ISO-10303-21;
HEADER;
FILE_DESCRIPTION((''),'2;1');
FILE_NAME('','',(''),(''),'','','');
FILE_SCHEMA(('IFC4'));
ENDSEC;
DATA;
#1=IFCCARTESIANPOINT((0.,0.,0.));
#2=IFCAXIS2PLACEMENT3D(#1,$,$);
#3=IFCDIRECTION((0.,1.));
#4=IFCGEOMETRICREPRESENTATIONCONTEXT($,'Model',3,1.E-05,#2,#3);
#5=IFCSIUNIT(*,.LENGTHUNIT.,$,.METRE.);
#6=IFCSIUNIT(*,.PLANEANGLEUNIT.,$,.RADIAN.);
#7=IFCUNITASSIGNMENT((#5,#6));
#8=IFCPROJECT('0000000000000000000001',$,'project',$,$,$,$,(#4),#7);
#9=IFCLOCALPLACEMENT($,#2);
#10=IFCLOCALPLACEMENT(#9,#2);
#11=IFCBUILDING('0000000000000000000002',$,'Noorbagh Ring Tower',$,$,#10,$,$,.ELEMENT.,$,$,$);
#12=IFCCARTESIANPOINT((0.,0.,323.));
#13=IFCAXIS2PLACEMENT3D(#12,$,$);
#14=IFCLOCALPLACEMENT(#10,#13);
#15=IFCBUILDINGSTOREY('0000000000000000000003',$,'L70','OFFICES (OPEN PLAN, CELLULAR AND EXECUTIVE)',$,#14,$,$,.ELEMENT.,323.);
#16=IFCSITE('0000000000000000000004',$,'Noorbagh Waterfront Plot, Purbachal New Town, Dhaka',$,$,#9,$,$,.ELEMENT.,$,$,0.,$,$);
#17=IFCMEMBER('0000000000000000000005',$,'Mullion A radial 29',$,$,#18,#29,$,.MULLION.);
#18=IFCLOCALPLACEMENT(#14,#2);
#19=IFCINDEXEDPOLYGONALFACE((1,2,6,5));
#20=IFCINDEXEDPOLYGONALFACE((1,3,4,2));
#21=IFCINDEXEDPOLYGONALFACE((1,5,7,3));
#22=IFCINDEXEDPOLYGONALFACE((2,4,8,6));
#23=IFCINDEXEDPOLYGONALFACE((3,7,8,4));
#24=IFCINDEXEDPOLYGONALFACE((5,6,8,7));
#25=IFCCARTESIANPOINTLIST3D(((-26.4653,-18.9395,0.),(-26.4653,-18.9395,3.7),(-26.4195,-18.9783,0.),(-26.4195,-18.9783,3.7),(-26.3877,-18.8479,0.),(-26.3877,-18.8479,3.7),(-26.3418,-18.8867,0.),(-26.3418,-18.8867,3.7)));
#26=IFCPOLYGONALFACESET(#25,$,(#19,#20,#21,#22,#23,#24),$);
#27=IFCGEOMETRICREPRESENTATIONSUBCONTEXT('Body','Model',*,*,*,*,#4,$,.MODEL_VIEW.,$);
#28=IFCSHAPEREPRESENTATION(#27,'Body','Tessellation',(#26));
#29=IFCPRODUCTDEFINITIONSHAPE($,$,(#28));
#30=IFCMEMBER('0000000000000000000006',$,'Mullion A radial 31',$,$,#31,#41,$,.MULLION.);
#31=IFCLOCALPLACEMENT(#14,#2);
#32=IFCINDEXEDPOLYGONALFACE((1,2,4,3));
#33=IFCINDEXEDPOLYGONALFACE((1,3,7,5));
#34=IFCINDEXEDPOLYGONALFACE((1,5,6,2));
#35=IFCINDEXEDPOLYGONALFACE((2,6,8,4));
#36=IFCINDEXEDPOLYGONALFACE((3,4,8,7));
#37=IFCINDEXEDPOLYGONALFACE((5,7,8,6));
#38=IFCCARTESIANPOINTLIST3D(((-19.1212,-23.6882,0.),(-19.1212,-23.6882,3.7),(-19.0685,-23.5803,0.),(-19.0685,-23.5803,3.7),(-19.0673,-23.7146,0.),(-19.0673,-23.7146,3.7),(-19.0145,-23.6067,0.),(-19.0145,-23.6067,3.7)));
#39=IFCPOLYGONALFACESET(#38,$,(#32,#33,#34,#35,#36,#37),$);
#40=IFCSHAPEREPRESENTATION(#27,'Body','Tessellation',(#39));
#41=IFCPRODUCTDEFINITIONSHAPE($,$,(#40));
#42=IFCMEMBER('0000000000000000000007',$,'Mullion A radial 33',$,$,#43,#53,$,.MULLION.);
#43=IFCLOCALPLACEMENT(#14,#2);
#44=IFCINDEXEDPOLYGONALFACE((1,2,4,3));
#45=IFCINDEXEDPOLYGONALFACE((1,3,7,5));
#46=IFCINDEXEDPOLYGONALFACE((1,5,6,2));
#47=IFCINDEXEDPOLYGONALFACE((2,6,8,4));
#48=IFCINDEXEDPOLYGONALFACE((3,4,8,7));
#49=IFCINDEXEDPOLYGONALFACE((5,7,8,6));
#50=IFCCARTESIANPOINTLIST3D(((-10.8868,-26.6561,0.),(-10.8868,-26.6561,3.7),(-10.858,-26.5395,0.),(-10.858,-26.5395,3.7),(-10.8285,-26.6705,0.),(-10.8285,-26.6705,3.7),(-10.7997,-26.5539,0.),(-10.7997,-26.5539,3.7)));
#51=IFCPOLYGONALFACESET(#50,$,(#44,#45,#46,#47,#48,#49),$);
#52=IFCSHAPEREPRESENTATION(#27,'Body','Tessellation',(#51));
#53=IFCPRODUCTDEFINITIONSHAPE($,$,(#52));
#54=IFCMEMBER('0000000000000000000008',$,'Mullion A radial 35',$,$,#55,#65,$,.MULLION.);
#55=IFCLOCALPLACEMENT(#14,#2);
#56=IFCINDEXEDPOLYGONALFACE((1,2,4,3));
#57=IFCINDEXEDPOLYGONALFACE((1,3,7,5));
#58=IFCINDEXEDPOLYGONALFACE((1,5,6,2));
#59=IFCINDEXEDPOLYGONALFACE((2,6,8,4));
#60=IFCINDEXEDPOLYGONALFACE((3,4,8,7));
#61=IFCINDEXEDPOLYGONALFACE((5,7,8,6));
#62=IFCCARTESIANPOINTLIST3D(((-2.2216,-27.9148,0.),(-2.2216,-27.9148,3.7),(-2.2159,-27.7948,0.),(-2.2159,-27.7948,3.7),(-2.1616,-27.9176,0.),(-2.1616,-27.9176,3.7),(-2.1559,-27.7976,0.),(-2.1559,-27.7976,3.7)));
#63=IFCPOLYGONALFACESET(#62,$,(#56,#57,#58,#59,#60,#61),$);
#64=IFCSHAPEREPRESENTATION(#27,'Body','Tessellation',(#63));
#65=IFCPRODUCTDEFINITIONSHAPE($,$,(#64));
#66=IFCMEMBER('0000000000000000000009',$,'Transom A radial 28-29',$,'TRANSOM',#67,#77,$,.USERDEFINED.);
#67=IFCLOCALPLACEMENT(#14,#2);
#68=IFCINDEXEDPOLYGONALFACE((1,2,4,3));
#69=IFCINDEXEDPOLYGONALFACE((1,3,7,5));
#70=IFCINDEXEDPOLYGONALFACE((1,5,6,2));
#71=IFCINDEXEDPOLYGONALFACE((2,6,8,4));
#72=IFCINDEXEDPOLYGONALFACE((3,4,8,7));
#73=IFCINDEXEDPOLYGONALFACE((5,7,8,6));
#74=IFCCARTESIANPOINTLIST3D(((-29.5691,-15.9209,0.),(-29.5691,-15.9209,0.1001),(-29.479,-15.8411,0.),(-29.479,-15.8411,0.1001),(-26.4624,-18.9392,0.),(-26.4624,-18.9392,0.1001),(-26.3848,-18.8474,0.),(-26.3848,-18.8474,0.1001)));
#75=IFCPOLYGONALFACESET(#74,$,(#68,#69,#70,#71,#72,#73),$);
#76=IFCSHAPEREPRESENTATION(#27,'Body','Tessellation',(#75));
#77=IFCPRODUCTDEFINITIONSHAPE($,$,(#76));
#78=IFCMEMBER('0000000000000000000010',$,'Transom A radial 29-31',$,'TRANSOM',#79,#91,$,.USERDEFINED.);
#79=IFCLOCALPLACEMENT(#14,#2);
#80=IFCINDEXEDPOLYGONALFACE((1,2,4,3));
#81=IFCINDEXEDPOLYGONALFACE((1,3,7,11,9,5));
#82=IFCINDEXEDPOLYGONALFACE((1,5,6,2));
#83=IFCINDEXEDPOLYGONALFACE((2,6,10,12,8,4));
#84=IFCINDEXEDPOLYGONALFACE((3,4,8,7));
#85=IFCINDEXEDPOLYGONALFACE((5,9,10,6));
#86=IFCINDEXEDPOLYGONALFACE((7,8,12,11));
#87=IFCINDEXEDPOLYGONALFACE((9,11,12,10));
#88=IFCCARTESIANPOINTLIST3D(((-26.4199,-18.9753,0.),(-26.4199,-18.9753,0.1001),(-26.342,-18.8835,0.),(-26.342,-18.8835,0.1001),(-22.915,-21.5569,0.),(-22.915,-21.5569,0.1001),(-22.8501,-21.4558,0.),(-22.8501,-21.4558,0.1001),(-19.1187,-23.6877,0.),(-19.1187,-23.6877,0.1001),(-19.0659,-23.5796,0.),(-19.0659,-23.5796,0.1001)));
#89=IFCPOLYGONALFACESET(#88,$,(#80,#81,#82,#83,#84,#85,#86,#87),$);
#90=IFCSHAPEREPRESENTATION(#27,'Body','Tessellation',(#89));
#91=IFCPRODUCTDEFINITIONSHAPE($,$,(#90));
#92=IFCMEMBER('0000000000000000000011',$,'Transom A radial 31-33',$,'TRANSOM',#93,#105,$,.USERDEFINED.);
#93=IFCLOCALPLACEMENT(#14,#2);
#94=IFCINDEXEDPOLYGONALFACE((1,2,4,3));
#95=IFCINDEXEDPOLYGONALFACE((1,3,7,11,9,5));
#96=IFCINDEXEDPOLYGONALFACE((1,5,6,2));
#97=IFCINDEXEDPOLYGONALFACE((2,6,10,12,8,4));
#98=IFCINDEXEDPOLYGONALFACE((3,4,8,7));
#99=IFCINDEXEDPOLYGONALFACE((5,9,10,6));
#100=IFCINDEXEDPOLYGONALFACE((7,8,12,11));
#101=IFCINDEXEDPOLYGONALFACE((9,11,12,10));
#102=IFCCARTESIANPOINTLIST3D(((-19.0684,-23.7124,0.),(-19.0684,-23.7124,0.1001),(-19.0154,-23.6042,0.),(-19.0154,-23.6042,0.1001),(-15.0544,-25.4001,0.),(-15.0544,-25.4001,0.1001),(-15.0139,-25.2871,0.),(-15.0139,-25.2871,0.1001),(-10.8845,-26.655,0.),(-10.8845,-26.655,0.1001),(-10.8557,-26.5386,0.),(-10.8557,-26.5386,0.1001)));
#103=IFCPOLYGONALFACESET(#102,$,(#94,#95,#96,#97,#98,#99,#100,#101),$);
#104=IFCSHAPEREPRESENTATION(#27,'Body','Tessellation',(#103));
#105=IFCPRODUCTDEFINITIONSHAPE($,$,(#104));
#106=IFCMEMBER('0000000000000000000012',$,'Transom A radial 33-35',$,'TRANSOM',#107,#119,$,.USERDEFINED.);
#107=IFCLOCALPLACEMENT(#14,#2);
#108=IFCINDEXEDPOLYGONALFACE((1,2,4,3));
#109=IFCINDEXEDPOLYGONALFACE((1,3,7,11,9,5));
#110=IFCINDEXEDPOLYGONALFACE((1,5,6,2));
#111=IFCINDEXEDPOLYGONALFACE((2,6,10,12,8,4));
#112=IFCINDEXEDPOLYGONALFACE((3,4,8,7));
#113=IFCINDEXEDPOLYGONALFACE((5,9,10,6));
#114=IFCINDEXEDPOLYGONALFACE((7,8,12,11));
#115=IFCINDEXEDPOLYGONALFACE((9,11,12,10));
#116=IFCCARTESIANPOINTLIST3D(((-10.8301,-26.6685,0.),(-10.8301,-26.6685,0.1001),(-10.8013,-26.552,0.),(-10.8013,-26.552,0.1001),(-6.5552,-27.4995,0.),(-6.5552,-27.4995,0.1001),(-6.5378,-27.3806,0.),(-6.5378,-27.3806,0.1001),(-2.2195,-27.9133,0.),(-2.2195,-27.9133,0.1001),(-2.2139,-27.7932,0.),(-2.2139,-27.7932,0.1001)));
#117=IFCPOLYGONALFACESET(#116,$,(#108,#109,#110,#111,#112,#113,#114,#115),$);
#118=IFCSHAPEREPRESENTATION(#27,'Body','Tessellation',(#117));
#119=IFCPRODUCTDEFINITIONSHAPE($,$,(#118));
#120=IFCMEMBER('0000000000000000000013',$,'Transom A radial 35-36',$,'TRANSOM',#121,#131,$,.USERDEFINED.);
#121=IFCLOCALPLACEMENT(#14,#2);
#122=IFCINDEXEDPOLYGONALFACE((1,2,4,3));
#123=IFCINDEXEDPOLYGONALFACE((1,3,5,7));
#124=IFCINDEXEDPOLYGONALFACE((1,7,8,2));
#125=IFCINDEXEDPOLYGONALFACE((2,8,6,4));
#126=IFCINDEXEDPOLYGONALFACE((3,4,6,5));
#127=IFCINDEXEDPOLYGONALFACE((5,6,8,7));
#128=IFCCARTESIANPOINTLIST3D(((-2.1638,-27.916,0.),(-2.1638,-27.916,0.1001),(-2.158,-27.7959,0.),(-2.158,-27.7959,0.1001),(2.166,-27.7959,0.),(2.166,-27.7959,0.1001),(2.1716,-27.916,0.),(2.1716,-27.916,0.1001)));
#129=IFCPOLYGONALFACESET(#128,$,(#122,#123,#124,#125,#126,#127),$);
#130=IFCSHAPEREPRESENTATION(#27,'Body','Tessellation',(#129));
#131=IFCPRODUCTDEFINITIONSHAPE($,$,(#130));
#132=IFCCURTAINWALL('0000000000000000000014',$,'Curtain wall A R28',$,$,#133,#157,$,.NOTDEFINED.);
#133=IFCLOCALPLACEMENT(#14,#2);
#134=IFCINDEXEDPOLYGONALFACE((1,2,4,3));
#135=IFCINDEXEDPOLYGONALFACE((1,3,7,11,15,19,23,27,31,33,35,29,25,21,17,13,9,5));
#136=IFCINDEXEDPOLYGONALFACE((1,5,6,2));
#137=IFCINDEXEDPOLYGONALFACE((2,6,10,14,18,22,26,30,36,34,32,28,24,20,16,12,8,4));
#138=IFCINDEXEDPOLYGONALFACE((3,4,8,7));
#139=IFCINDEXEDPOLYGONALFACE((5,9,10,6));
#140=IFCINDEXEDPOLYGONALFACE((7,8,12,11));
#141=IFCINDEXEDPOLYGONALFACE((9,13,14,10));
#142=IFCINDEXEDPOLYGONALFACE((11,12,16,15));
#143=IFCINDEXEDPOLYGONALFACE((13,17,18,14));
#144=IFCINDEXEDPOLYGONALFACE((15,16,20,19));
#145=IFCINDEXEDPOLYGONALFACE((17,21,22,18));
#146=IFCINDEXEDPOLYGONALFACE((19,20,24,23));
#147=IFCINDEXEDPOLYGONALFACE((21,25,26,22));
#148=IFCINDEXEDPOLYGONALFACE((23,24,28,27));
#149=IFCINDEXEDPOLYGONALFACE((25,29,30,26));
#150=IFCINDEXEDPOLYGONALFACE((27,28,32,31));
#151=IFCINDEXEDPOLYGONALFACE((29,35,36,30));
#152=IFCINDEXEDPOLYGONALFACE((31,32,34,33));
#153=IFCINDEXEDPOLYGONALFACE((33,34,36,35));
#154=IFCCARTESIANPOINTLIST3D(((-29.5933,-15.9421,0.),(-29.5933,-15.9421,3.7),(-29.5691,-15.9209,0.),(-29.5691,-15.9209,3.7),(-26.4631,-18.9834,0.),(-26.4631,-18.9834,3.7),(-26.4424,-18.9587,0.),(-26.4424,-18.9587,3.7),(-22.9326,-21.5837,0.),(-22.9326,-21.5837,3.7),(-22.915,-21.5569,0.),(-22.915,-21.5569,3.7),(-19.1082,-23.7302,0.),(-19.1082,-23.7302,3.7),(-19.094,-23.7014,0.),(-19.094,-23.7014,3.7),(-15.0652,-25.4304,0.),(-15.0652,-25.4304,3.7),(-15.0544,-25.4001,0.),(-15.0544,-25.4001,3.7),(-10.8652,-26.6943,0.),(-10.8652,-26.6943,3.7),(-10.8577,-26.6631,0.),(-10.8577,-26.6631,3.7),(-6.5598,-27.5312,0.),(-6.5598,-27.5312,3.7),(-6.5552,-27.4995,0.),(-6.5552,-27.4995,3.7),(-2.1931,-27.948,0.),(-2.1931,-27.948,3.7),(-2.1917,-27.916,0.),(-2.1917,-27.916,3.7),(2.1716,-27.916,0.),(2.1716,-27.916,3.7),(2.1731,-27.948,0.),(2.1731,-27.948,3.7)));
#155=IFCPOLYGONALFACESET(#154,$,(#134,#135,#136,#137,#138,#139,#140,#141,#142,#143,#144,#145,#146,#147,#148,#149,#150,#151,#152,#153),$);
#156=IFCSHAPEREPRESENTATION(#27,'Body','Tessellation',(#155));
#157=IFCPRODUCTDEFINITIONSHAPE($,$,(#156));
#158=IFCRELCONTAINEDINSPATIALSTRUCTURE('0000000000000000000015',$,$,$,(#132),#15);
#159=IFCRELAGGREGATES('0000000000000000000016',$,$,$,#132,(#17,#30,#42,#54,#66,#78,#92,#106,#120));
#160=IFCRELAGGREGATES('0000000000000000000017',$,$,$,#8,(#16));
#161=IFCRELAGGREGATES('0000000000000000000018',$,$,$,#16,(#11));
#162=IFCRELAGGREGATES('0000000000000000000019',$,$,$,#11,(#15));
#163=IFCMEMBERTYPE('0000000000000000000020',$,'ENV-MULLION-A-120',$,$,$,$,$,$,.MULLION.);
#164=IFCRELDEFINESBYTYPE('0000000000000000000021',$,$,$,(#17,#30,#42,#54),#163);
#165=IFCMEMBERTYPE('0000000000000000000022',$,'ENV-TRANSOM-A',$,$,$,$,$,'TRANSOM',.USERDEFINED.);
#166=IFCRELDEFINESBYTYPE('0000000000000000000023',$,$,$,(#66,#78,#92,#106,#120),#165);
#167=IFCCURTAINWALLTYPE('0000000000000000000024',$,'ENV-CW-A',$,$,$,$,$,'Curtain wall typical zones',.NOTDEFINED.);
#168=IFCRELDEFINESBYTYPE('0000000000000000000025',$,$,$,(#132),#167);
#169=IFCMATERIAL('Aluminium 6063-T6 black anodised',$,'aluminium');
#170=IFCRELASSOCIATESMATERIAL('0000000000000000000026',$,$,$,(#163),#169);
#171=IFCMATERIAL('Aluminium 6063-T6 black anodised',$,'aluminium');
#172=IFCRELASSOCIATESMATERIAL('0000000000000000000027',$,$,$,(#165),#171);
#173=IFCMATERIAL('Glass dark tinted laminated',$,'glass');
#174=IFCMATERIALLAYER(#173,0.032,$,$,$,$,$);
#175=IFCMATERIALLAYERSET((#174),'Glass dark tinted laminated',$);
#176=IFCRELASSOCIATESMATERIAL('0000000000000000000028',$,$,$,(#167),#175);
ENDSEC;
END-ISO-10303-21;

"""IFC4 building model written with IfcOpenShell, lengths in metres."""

from ifc_helpers import new_model, si_unit, direction, frame, origin, origin_2d, place, context, subcontext, project, spatial, polyline, rectangle, outline, extrude, material, layer, layer_set, material_profile, profile_set, type_object, element, aggregate, save


model = new_model("IFC4")

# Units and contexts
model_context = context("Model", 3, precision=1e-05, world=origin(), true_north=direction((0.0, 1.0)))
body_context = subcontext(model_context, "Body", "Model", "MODEL_VIEW")
ifc_project = project(units=[si_unit("LENGTHUNIT", "METRE"), si_unit("PLANEANGLEUNIT", "RADIAN")], contexts=[model_context])

# Members
ifc_material_1 = material(Name="Aluminium 6063-T6 black anodised", Category="aluminium")
ifc_material_profile = material_profile(ifc_material_1, rectangle(XDim=0.1201, YDim=0.0601, at=origin_2d()), Name="120x60")
ifc_profile_set = profile_set([ifc_material_profile], Name="Aluminium 6063-T6 black anodised")
member_type_1 = type_object("IfcMemberType", Name="ENV-MULLION-A-120", PredefinedType="MULLION", material=ifc_profile_set)
site_placement = place(None, origin())
building_placement = place(site_placement, origin())
storey_placement = place(building_placement, frame((0.0, 0.0, 323.0)))
member_1_placement = place(storey_placement, frame((-26.4036, -18.9131, 0.0), z_axis=(0.0, 0.0, 1.0), x_axis=(0.646451, 0.762955, 0.0)))
member_1 = element("IfcMember", 1, at=member_1_placement, type_object=member_type_1, Name="Mullion A radial 29", PredefinedType="MULLION", context=body_context, shape_type="SweptSolid", body=[
    extrude(rectangle(XDim=0.1201, YDim=0.0601, at=origin_2d()), origin(), (0.0, 0.0, 1.0), 3.7),
])
member_2_placement = place(storey_placement, frame((-19.0679, -23.6475, 0.0), z_axis=(0.0, 0.0, 1.0), x_axis=(0.439238, 0.898371, 0.0)))
member_2 = element("IfcMember", 2, at=member_2_placement, type_object=member_type_1, Name="Mullion A radial 31", PredefinedType="MULLION", context=body_context, shape_type="SweptSolid", body=[
    extrude(rectangle(XDim=0.1201, YDim=0.0601, at=origin_2d()), origin(), (0.0, 0.0, 1.0), 3.7),
])
member_3_placement = place(storey_placement, frame((-10.8433, -26.605, 0.0), z_axis=(0.0, 0.0, 1.0), x_axis=(0.239799, 0.970823, 0.0)))
member_3 = element("IfcMember", 3, at=member_3_placement, type_object=member_type_1, Name="Mullion A radial 33", PredefinedType="MULLION", context=body_context, shape_type="SweptSolid", body=[
    extrude(rectangle(XDim=0.1201, YDim=0.0601, at=origin_2d()), origin(), (0.0, 0.0, 1.0), 3.7),
])
member_4_placement = place(storey_placement, frame((-2.1887, -27.8562, 0.0), z_axis=(0.0, 0.0, 1.0), x_axis=(0.047558, 0.998868, 0.0)))
member_4 = element("IfcMember", 4, at=member_4_placement, type_object=member_type_1, Name="Mullion A radial 35", PredefinedType="MULLION", context=body_context, shape_type="SweptSolid", body=[
    extrude(rectangle(XDim=0.1201, YDim=0.0601, at=origin_2d()), origin(), (0.0, 0.0, 1.0), 3.7),
])
ifc_material_2 = material(Name="Aluminium 6063-T6 black anodised", Category="aluminium")
member_type_2 = type_object("IfcMemberType", Name="ENV-TRANSOM-A", ElementType="TRANSOM", PredefinedType="USERDEFINED", material=ifc_material_2)
member_5_placement = place(storey_placement, origin())
member_5 = element("IfcMember", 5, at=member_5_placement, type_object=member_type_2, Name="Transom A radial 28-29", ObjectType="TRANSOM", PredefinedType="USERDEFINED", context=body_context, shape_type="SweptSolid", body=[
    extrude(outline(polyline([(-29.5691, -15.9209), (-26.4624, -18.9392), (-26.3848, -18.8474), (-29.479, -15.8411), (-29.5691, -15.9209)])), origin(), (0.0, 0.0, 1.0), 0.1001),
])
member_6_placement = place(storey_placement, origin())
member_6 = element("IfcMember", 6, at=member_6_placement, type_object=member_type_2, Name="Transom A radial 29-31", ObjectType="TRANSOM", PredefinedType="USERDEFINED", context=body_context, shape_type="SweptSolid", body=[
    extrude(outline(polyline([(-26.4199, -18.9753), (-22.915, -21.5569), (-19.1187, -23.6877), (-19.0659, -23.5796), (-22.8501, -21.4558), (-26.342, -18.8835), (-26.4199, -18.9753)])), origin(), (0.0, 0.0, 1.0), 0.1001),
])
member_7_placement = place(storey_placement, origin())
member_7 = element("IfcMember", 7, at=member_7_placement, type_object=member_type_2, Name="Transom A radial 31-33", ObjectType="TRANSOM", PredefinedType="USERDEFINED", context=body_context, shape_type="SweptSolid", body=[
    extrude(outline(polyline([(-19.0684, -23.7124), (-15.0544, -25.4001), (-10.8845, -26.655), (-10.8557, -26.5386), (-15.0139, -25.2871), (-19.0154, -23.6042), (-19.0684, -23.7124)])), origin(), (0.0, 0.0, 1.0), 0.1001),
])
member_8_placement = place(storey_placement, origin())
member_8 = element("IfcMember", 8, at=member_8_placement, type_object=member_type_2, Name="Transom A radial 33-35", ObjectType="TRANSOM", PredefinedType="USERDEFINED", context=body_context, shape_type="SweptSolid", body=[
    extrude(outline(polyline([(-10.8301, -26.6685), (-6.5552, -27.4995), (-2.2195, -27.9133), (-2.2139, -27.7932), (-6.5378, -27.3806), (-10.8013, -26.552), (-10.8301, -26.6685)])), origin(), (0.0, 0.0, 1.0), 0.1001),
])
member_9_placement = place(storey_placement, origin())
member_9 = element("IfcMember", 9, at=member_9_placement, type_object=member_type_2, Name="Transom A radial 35-36", ObjectType="TRANSOM", PredefinedType="USERDEFINED", context=body_context, shape_type="SweptSolid", body=[
    extrude(outline(polyline([(-2.1638, -27.916), (2.1716, -27.916), (2.166, -27.7959), (-2.158, -27.7959), (-2.1638, -27.916)])), origin(), (0.0, 0.0, 1.0), 0.1001),
])

# Site, building, storey
site = spatial("IfcSite", under=ifc_project, at=site_placement, Name="Noorbagh Waterfront Plot, Purbachal New Town, Dhaka", CompositionType="ELEMENT", RefElevation=0.0)
building = spatial("IfcBuilding", under=site, at=building_placement, Name="Noorbagh Ring Tower", CompositionType="ELEMENT")
storey = spatial("IfcBuildingStorey", under=building, at=storey_placement, Name="L70", Description="OFFICES (OPEN PLAN, CELLULAR AND EXECUTIVE)", CompositionType="ELEMENT", Elevation=323.0)

# Curtain wall
ifc_material_3 = material(Name="Glass dark tinted laminated", Category="glass")
ifc_layer = layer(ifc_material_3, 0.032)
ifc_layer_set = layer_set([ifc_layer], Name="Glass dark tinted laminated")
curtain_wall_type = type_object("IfcCurtainWallType", Name="ENV-CW-A", ElementType="Curtain wall typical zones", PredefinedType="NOTDEFINED", material=ifc_layer_set)
curtain_wall_1_placement = place(storey_placement, origin())
curtain_wall_1 = element("IfcCurtainWall", 10, at=curtain_wall_1_placement, inside=storey, type_object=curtain_wall_type, Name="Curtain wall A R28", PredefinedType="NOTDEFINED", context=body_context, shape_type="SweptSolid", body=[
    extrude(outline(polyline([(-29.5933, -15.9421), (-26.4631, -18.9834), (-22.9326, -21.5837), (-19.1082, -23.7302), (-15.0652, -25.4304), (-10.8652, -26.6943), (-6.5598, -27.5312), (-2.1931, -27.948), (2.1731, -27.948), (2.1716, -27.916), (-2.1917, -27.916), (-6.5552, -27.4995), (-10.8577, -26.6631), (-15.0544, -25.4001), (-19.094, -23.7014), (-22.915, -21.5569), (-26.4424, -18.9587), (-29.5691, -15.9209), (-29.5933, -15.9421)])), origin(), (0.0, 0.0, 1.0), 3.7),
])
aggregate(curtain_wall_1, [member_1, member_2, member_3, member_4, member_5, member_6, member_7, member_8, member_9])

save(model, "model.ifc")
